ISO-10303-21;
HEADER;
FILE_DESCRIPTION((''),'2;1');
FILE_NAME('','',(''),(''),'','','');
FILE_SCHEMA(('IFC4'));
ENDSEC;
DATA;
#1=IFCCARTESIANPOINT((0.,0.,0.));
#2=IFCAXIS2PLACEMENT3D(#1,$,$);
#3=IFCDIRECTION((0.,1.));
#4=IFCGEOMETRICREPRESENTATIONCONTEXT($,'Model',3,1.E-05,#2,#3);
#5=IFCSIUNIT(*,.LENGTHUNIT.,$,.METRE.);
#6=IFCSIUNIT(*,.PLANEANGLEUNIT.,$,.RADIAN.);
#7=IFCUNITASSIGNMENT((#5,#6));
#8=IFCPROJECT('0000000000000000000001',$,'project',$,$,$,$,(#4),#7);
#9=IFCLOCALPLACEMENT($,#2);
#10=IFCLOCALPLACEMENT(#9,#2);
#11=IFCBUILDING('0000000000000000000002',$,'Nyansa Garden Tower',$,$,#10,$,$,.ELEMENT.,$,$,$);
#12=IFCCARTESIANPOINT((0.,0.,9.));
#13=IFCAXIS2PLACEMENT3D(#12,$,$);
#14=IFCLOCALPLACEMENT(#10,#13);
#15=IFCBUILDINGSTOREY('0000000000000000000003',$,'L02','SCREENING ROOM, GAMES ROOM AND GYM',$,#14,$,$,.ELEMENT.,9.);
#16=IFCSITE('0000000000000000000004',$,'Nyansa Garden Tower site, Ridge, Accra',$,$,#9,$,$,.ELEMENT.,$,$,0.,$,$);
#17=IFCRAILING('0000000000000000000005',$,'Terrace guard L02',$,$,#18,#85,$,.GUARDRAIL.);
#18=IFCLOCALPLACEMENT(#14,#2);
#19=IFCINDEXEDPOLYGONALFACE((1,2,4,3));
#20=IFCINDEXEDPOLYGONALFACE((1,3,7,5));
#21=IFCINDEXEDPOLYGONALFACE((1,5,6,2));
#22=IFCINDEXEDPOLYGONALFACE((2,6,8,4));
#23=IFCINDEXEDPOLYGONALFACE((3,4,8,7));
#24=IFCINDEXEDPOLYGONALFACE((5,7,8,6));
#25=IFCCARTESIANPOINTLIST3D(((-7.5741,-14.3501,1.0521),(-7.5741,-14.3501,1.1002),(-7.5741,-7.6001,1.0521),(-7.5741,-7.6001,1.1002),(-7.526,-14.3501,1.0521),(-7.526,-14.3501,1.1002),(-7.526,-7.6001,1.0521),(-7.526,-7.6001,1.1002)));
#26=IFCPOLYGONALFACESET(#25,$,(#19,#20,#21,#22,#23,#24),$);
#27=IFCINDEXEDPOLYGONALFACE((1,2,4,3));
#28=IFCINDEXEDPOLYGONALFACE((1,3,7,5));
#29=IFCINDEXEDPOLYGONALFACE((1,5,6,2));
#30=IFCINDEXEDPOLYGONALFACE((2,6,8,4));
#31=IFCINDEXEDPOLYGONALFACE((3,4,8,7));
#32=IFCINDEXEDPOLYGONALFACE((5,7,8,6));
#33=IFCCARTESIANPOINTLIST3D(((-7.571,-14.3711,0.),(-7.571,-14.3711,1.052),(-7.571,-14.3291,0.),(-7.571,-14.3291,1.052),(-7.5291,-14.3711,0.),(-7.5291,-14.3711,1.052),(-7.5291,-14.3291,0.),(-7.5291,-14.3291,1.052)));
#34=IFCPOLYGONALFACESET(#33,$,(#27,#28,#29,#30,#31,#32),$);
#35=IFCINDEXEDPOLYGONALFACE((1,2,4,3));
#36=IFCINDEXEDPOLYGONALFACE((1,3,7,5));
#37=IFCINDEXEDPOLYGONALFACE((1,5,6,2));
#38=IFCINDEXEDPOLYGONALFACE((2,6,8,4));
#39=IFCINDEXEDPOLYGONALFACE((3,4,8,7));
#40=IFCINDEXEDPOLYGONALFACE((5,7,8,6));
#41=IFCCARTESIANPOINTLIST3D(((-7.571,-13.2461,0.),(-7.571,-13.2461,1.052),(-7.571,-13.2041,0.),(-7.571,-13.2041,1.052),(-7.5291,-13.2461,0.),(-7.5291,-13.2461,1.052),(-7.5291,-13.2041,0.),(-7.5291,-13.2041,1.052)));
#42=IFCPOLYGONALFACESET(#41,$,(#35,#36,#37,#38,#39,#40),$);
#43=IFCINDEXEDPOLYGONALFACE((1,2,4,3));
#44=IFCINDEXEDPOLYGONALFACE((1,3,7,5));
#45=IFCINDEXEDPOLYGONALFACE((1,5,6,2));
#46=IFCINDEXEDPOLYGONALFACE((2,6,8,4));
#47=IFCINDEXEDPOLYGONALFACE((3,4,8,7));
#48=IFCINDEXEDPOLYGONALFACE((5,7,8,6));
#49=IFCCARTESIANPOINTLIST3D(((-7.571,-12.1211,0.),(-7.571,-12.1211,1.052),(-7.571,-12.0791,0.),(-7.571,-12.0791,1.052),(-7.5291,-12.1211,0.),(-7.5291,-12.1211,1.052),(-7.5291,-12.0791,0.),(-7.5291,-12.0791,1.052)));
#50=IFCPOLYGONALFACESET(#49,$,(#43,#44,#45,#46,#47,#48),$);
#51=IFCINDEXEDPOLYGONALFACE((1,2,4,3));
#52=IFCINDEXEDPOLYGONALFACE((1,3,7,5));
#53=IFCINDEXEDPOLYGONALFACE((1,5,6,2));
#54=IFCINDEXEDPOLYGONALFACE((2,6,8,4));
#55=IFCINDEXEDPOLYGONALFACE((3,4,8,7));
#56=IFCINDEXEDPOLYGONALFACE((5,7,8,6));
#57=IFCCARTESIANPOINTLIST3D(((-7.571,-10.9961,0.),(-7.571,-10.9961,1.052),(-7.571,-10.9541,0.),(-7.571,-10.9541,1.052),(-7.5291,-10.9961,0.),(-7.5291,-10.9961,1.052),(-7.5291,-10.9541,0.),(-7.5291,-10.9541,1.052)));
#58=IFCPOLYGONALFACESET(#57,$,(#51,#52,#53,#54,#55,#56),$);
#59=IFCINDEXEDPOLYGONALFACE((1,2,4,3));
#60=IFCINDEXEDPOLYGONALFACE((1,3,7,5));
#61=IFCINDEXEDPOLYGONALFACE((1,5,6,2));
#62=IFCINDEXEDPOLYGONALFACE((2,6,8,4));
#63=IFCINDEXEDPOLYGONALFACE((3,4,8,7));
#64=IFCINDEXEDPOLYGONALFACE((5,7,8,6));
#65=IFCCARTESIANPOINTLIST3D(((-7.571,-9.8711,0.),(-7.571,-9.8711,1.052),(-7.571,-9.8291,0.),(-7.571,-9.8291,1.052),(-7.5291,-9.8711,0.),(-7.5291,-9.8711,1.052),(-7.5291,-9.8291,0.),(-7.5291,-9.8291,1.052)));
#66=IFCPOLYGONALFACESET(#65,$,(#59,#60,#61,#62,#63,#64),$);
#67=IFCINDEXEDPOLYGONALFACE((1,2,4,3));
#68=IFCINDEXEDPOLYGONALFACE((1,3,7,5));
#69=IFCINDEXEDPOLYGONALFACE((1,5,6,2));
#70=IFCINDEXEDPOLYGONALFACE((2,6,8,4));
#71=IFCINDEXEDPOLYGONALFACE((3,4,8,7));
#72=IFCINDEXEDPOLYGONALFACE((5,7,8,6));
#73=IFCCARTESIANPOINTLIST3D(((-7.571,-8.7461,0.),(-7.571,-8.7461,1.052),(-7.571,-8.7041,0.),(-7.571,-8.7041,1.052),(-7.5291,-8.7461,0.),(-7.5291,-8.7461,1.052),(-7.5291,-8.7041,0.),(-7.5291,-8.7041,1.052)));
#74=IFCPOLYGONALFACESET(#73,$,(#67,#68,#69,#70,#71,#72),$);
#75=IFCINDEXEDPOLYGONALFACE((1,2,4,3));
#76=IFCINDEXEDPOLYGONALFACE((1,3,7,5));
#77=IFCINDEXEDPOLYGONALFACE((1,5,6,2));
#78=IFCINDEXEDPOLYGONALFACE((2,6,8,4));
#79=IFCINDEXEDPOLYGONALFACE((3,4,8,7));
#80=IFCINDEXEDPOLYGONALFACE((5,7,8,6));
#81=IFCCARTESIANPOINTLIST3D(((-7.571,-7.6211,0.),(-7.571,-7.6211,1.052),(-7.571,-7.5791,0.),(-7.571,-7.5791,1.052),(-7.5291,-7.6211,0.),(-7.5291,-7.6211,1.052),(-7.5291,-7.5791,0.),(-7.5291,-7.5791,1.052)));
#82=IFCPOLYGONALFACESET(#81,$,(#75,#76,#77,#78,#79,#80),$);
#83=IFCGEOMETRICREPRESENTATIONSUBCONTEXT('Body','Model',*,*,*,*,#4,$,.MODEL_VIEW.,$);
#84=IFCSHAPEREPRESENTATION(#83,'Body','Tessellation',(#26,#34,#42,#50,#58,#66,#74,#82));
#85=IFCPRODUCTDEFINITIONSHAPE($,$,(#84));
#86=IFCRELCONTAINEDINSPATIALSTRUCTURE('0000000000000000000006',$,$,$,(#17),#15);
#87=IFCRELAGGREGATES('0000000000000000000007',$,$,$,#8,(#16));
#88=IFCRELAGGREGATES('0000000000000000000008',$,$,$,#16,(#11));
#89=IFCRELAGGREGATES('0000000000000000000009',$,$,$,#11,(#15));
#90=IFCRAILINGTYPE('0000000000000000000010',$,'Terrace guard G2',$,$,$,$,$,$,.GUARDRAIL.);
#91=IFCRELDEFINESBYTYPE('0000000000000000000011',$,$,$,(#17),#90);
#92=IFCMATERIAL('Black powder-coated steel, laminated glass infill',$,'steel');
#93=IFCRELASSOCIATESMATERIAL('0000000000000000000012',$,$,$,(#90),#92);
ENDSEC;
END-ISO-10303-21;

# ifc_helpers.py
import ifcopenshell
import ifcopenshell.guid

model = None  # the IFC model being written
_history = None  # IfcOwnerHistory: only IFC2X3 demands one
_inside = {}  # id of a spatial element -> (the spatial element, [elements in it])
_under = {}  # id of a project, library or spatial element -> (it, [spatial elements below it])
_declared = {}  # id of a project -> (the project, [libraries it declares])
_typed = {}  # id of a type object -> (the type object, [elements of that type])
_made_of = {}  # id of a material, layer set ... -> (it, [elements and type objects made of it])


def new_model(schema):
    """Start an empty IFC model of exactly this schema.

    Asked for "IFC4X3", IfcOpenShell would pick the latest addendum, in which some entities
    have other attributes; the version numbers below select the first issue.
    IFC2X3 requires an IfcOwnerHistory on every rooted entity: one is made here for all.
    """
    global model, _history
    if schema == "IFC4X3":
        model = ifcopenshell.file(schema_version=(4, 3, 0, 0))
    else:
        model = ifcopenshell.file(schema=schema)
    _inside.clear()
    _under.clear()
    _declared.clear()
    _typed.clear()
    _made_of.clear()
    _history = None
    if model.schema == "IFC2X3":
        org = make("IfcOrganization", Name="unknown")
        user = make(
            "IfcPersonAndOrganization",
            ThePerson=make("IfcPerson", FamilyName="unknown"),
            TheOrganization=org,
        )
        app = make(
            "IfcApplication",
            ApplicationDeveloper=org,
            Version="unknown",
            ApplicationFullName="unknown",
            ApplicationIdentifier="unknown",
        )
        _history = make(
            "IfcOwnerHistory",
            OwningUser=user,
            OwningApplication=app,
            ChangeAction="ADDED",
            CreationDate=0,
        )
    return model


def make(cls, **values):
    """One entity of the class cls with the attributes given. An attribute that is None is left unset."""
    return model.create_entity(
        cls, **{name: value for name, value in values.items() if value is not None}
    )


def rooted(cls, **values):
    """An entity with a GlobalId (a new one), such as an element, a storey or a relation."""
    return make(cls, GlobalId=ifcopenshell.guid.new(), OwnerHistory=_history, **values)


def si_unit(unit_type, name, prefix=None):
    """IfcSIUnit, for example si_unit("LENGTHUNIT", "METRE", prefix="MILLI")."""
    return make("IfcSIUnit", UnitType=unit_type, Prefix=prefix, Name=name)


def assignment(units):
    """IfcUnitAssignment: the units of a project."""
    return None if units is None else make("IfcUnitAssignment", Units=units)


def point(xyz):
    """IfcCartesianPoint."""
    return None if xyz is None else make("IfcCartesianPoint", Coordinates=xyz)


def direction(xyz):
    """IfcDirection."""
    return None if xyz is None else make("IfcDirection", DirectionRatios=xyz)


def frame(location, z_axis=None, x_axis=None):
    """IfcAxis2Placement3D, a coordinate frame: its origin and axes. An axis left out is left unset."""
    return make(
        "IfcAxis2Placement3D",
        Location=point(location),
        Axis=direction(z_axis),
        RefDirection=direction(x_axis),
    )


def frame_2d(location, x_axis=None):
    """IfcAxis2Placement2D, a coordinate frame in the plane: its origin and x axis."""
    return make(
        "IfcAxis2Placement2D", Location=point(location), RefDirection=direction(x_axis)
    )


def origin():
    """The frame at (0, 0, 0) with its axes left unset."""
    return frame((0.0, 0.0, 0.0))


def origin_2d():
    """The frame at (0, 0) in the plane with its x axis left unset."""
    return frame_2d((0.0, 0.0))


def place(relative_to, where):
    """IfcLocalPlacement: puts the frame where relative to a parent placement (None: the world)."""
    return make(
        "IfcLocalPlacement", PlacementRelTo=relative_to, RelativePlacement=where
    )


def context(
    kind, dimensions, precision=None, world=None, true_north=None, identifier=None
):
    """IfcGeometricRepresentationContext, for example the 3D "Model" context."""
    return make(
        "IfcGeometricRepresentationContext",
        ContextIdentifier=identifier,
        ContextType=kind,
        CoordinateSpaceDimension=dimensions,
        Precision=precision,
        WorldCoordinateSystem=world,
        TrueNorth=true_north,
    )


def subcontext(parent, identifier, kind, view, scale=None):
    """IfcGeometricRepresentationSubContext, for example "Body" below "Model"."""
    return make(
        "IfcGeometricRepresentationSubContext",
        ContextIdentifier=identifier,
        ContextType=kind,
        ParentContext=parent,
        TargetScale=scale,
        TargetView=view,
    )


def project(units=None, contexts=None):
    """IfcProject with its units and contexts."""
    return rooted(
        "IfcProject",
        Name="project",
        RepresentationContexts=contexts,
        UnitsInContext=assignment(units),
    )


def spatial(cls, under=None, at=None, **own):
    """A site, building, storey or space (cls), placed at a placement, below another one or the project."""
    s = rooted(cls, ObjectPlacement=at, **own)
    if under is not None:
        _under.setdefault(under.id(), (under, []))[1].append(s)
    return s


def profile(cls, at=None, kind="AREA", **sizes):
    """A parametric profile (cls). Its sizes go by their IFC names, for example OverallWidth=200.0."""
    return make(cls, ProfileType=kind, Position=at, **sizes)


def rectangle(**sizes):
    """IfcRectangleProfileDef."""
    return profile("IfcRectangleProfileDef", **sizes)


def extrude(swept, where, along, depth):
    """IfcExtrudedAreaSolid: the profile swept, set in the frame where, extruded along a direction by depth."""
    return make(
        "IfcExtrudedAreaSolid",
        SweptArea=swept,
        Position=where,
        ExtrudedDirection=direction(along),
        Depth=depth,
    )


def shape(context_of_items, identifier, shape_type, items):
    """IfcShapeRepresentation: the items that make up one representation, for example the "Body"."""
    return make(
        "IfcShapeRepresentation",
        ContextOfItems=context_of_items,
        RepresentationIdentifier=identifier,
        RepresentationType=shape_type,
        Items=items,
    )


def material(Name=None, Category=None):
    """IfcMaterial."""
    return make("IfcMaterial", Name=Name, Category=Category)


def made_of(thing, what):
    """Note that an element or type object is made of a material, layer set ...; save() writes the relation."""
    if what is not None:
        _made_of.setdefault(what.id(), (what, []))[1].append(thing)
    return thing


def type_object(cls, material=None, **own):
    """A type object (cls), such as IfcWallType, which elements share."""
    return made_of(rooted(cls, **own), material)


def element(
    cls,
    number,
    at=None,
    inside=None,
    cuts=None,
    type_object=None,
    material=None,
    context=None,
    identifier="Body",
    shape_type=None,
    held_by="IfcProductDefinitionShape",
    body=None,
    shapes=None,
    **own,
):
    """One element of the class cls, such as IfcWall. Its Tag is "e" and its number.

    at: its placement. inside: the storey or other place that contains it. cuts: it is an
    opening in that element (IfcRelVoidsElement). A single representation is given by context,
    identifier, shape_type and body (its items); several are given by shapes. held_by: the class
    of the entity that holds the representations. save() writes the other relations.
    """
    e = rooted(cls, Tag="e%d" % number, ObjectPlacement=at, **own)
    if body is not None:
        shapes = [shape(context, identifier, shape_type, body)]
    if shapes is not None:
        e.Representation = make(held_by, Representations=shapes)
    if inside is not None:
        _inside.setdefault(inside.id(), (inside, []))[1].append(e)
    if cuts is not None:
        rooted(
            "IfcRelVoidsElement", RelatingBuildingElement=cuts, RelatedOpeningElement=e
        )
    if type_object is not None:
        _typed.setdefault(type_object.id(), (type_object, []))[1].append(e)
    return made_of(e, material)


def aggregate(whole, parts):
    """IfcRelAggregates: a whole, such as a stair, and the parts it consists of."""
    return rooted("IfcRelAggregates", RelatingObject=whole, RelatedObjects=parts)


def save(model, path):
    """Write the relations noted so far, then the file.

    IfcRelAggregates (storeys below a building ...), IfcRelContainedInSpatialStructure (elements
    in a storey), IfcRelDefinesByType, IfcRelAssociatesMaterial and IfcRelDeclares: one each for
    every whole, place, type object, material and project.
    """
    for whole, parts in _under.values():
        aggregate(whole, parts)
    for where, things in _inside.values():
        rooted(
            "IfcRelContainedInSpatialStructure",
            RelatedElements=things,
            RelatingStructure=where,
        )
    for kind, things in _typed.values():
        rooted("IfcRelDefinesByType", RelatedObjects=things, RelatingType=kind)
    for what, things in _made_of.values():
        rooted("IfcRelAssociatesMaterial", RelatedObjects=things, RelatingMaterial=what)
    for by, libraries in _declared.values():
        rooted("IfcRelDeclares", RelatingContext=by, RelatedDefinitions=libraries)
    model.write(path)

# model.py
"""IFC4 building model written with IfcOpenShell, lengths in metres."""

from ifc_helpers import new_model, si_unit, direction, frame, origin, origin_2d, place, context, subcontext, project, spatial, rectangle, extrude, material, type_object, element, save


model = new_model("IFC4")

# Units and contexts
model_context = context("Model", 3, precision=1e-05, world=origin(), true_north=direction((0.0, 1.0)))
body_context = subcontext(model_context, "Body", "Model", "MODEL_VIEW")
ifc_project = project(units=[si_unit("LENGTHUNIT", "METRE"), si_unit("PLANEANGLEUNIT", "RADIAN")], contexts=[model_context])

# Site, building, storey
site_placement = place(None, origin())
site = spatial("IfcSite", under=ifc_project, at=site_placement, Name="Nyansa Garden Tower site, Ridge, Accra", CompositionType="ELEMENT", RefElevation=0.0)
building_placement = place(site_placement, origin())
building = spatial("IfcBuilding", under=site, at=building_placement, Name="Nyansa Garden Tower", CompositionType="ELEMENT")
storey_placement = place(building_placement, frame((0.0, 0.0, 9.0)))
storey = spatial("IfcBuildingStorey", under=building, at=storey_placement, Name="L02", Description="SCREENING ROOM, GAMES ROOM AND GYM", CompositionType="ELEMENT", Elevation=9.0)

# Railing
ifc_material_1 = material(Name="Black powder-coated steel, laminated glass infill", Category="steel")
railing_type = type_object("IfcRailingType", Name="Terrace guard G2", PredefinedType="GUARDRAIL", material=ifc_material_1)
railing_placement = place(storey_placement, frame((-7.55, -14.3501, 0.0)))
element("IfcRailing", 1, at=railing_placement, inside=storey, type_object=railing_type, Name="Terrace guard L02", PredefinedType="GUARDRAIL", context=body_context, shape_type="SweptSolid", body=[
    extrude(rectangle(XDim=0.0481, YDim=0.0481, at=origin_2d()), frame((0.0, 0.0, 1.0762), z_axis=(0.0, 1.0, 0.0), x_axis=(-1.0, 0.0, 0.0)), (0.0, 0.0, 1.0), 6.75),
    extrude(rectangle(XDim=0.042, YDim=0.042, at=origin_2d()), origin(), (0.0, 0.0, 1.0), 1.052),
    extrude(rectangle(XDim=0.042, YDim=0.042, at=origin_2d()), frame((0.0, 1.125, 0.0)), (0.0, 0.0, 1.0), 1.052),
    extrude(rectangle(XDim=0.042, YDim=0.042, at=origin_2d()), frame((0.0, 2.25, 0.0)), (0.0, 0.0, 1.0), 1.052),
    extrude(rectangle(XDim=0.042, YDim=0.042, at=origin_2d()), frame((0.0, 3.375, 0.0)), (0.0, 0.0, 1.0), 1.052),
    extrude(rectangle(XDim=0.042, YDim=0.042, at=origin_2d()), frame((0.0, 4.5, 0.0)), (0.0, 0.0, 1.0), 1.052),
    extrude(rectangle(XDim=0.042, YDim=0.042, at=origin_2d()), frame((0.0, 5.625, 0.0)), (0.0, 0.0, 1.0), 1.052),
    extrude(rectangle(XDim=0.042, YDim=0.042, at=origin_2d()), frame((0.0, 6.75, 0.0)), (0.0, 0.0, 1.0), 1.052),
])

save(model, "model.ifc")
